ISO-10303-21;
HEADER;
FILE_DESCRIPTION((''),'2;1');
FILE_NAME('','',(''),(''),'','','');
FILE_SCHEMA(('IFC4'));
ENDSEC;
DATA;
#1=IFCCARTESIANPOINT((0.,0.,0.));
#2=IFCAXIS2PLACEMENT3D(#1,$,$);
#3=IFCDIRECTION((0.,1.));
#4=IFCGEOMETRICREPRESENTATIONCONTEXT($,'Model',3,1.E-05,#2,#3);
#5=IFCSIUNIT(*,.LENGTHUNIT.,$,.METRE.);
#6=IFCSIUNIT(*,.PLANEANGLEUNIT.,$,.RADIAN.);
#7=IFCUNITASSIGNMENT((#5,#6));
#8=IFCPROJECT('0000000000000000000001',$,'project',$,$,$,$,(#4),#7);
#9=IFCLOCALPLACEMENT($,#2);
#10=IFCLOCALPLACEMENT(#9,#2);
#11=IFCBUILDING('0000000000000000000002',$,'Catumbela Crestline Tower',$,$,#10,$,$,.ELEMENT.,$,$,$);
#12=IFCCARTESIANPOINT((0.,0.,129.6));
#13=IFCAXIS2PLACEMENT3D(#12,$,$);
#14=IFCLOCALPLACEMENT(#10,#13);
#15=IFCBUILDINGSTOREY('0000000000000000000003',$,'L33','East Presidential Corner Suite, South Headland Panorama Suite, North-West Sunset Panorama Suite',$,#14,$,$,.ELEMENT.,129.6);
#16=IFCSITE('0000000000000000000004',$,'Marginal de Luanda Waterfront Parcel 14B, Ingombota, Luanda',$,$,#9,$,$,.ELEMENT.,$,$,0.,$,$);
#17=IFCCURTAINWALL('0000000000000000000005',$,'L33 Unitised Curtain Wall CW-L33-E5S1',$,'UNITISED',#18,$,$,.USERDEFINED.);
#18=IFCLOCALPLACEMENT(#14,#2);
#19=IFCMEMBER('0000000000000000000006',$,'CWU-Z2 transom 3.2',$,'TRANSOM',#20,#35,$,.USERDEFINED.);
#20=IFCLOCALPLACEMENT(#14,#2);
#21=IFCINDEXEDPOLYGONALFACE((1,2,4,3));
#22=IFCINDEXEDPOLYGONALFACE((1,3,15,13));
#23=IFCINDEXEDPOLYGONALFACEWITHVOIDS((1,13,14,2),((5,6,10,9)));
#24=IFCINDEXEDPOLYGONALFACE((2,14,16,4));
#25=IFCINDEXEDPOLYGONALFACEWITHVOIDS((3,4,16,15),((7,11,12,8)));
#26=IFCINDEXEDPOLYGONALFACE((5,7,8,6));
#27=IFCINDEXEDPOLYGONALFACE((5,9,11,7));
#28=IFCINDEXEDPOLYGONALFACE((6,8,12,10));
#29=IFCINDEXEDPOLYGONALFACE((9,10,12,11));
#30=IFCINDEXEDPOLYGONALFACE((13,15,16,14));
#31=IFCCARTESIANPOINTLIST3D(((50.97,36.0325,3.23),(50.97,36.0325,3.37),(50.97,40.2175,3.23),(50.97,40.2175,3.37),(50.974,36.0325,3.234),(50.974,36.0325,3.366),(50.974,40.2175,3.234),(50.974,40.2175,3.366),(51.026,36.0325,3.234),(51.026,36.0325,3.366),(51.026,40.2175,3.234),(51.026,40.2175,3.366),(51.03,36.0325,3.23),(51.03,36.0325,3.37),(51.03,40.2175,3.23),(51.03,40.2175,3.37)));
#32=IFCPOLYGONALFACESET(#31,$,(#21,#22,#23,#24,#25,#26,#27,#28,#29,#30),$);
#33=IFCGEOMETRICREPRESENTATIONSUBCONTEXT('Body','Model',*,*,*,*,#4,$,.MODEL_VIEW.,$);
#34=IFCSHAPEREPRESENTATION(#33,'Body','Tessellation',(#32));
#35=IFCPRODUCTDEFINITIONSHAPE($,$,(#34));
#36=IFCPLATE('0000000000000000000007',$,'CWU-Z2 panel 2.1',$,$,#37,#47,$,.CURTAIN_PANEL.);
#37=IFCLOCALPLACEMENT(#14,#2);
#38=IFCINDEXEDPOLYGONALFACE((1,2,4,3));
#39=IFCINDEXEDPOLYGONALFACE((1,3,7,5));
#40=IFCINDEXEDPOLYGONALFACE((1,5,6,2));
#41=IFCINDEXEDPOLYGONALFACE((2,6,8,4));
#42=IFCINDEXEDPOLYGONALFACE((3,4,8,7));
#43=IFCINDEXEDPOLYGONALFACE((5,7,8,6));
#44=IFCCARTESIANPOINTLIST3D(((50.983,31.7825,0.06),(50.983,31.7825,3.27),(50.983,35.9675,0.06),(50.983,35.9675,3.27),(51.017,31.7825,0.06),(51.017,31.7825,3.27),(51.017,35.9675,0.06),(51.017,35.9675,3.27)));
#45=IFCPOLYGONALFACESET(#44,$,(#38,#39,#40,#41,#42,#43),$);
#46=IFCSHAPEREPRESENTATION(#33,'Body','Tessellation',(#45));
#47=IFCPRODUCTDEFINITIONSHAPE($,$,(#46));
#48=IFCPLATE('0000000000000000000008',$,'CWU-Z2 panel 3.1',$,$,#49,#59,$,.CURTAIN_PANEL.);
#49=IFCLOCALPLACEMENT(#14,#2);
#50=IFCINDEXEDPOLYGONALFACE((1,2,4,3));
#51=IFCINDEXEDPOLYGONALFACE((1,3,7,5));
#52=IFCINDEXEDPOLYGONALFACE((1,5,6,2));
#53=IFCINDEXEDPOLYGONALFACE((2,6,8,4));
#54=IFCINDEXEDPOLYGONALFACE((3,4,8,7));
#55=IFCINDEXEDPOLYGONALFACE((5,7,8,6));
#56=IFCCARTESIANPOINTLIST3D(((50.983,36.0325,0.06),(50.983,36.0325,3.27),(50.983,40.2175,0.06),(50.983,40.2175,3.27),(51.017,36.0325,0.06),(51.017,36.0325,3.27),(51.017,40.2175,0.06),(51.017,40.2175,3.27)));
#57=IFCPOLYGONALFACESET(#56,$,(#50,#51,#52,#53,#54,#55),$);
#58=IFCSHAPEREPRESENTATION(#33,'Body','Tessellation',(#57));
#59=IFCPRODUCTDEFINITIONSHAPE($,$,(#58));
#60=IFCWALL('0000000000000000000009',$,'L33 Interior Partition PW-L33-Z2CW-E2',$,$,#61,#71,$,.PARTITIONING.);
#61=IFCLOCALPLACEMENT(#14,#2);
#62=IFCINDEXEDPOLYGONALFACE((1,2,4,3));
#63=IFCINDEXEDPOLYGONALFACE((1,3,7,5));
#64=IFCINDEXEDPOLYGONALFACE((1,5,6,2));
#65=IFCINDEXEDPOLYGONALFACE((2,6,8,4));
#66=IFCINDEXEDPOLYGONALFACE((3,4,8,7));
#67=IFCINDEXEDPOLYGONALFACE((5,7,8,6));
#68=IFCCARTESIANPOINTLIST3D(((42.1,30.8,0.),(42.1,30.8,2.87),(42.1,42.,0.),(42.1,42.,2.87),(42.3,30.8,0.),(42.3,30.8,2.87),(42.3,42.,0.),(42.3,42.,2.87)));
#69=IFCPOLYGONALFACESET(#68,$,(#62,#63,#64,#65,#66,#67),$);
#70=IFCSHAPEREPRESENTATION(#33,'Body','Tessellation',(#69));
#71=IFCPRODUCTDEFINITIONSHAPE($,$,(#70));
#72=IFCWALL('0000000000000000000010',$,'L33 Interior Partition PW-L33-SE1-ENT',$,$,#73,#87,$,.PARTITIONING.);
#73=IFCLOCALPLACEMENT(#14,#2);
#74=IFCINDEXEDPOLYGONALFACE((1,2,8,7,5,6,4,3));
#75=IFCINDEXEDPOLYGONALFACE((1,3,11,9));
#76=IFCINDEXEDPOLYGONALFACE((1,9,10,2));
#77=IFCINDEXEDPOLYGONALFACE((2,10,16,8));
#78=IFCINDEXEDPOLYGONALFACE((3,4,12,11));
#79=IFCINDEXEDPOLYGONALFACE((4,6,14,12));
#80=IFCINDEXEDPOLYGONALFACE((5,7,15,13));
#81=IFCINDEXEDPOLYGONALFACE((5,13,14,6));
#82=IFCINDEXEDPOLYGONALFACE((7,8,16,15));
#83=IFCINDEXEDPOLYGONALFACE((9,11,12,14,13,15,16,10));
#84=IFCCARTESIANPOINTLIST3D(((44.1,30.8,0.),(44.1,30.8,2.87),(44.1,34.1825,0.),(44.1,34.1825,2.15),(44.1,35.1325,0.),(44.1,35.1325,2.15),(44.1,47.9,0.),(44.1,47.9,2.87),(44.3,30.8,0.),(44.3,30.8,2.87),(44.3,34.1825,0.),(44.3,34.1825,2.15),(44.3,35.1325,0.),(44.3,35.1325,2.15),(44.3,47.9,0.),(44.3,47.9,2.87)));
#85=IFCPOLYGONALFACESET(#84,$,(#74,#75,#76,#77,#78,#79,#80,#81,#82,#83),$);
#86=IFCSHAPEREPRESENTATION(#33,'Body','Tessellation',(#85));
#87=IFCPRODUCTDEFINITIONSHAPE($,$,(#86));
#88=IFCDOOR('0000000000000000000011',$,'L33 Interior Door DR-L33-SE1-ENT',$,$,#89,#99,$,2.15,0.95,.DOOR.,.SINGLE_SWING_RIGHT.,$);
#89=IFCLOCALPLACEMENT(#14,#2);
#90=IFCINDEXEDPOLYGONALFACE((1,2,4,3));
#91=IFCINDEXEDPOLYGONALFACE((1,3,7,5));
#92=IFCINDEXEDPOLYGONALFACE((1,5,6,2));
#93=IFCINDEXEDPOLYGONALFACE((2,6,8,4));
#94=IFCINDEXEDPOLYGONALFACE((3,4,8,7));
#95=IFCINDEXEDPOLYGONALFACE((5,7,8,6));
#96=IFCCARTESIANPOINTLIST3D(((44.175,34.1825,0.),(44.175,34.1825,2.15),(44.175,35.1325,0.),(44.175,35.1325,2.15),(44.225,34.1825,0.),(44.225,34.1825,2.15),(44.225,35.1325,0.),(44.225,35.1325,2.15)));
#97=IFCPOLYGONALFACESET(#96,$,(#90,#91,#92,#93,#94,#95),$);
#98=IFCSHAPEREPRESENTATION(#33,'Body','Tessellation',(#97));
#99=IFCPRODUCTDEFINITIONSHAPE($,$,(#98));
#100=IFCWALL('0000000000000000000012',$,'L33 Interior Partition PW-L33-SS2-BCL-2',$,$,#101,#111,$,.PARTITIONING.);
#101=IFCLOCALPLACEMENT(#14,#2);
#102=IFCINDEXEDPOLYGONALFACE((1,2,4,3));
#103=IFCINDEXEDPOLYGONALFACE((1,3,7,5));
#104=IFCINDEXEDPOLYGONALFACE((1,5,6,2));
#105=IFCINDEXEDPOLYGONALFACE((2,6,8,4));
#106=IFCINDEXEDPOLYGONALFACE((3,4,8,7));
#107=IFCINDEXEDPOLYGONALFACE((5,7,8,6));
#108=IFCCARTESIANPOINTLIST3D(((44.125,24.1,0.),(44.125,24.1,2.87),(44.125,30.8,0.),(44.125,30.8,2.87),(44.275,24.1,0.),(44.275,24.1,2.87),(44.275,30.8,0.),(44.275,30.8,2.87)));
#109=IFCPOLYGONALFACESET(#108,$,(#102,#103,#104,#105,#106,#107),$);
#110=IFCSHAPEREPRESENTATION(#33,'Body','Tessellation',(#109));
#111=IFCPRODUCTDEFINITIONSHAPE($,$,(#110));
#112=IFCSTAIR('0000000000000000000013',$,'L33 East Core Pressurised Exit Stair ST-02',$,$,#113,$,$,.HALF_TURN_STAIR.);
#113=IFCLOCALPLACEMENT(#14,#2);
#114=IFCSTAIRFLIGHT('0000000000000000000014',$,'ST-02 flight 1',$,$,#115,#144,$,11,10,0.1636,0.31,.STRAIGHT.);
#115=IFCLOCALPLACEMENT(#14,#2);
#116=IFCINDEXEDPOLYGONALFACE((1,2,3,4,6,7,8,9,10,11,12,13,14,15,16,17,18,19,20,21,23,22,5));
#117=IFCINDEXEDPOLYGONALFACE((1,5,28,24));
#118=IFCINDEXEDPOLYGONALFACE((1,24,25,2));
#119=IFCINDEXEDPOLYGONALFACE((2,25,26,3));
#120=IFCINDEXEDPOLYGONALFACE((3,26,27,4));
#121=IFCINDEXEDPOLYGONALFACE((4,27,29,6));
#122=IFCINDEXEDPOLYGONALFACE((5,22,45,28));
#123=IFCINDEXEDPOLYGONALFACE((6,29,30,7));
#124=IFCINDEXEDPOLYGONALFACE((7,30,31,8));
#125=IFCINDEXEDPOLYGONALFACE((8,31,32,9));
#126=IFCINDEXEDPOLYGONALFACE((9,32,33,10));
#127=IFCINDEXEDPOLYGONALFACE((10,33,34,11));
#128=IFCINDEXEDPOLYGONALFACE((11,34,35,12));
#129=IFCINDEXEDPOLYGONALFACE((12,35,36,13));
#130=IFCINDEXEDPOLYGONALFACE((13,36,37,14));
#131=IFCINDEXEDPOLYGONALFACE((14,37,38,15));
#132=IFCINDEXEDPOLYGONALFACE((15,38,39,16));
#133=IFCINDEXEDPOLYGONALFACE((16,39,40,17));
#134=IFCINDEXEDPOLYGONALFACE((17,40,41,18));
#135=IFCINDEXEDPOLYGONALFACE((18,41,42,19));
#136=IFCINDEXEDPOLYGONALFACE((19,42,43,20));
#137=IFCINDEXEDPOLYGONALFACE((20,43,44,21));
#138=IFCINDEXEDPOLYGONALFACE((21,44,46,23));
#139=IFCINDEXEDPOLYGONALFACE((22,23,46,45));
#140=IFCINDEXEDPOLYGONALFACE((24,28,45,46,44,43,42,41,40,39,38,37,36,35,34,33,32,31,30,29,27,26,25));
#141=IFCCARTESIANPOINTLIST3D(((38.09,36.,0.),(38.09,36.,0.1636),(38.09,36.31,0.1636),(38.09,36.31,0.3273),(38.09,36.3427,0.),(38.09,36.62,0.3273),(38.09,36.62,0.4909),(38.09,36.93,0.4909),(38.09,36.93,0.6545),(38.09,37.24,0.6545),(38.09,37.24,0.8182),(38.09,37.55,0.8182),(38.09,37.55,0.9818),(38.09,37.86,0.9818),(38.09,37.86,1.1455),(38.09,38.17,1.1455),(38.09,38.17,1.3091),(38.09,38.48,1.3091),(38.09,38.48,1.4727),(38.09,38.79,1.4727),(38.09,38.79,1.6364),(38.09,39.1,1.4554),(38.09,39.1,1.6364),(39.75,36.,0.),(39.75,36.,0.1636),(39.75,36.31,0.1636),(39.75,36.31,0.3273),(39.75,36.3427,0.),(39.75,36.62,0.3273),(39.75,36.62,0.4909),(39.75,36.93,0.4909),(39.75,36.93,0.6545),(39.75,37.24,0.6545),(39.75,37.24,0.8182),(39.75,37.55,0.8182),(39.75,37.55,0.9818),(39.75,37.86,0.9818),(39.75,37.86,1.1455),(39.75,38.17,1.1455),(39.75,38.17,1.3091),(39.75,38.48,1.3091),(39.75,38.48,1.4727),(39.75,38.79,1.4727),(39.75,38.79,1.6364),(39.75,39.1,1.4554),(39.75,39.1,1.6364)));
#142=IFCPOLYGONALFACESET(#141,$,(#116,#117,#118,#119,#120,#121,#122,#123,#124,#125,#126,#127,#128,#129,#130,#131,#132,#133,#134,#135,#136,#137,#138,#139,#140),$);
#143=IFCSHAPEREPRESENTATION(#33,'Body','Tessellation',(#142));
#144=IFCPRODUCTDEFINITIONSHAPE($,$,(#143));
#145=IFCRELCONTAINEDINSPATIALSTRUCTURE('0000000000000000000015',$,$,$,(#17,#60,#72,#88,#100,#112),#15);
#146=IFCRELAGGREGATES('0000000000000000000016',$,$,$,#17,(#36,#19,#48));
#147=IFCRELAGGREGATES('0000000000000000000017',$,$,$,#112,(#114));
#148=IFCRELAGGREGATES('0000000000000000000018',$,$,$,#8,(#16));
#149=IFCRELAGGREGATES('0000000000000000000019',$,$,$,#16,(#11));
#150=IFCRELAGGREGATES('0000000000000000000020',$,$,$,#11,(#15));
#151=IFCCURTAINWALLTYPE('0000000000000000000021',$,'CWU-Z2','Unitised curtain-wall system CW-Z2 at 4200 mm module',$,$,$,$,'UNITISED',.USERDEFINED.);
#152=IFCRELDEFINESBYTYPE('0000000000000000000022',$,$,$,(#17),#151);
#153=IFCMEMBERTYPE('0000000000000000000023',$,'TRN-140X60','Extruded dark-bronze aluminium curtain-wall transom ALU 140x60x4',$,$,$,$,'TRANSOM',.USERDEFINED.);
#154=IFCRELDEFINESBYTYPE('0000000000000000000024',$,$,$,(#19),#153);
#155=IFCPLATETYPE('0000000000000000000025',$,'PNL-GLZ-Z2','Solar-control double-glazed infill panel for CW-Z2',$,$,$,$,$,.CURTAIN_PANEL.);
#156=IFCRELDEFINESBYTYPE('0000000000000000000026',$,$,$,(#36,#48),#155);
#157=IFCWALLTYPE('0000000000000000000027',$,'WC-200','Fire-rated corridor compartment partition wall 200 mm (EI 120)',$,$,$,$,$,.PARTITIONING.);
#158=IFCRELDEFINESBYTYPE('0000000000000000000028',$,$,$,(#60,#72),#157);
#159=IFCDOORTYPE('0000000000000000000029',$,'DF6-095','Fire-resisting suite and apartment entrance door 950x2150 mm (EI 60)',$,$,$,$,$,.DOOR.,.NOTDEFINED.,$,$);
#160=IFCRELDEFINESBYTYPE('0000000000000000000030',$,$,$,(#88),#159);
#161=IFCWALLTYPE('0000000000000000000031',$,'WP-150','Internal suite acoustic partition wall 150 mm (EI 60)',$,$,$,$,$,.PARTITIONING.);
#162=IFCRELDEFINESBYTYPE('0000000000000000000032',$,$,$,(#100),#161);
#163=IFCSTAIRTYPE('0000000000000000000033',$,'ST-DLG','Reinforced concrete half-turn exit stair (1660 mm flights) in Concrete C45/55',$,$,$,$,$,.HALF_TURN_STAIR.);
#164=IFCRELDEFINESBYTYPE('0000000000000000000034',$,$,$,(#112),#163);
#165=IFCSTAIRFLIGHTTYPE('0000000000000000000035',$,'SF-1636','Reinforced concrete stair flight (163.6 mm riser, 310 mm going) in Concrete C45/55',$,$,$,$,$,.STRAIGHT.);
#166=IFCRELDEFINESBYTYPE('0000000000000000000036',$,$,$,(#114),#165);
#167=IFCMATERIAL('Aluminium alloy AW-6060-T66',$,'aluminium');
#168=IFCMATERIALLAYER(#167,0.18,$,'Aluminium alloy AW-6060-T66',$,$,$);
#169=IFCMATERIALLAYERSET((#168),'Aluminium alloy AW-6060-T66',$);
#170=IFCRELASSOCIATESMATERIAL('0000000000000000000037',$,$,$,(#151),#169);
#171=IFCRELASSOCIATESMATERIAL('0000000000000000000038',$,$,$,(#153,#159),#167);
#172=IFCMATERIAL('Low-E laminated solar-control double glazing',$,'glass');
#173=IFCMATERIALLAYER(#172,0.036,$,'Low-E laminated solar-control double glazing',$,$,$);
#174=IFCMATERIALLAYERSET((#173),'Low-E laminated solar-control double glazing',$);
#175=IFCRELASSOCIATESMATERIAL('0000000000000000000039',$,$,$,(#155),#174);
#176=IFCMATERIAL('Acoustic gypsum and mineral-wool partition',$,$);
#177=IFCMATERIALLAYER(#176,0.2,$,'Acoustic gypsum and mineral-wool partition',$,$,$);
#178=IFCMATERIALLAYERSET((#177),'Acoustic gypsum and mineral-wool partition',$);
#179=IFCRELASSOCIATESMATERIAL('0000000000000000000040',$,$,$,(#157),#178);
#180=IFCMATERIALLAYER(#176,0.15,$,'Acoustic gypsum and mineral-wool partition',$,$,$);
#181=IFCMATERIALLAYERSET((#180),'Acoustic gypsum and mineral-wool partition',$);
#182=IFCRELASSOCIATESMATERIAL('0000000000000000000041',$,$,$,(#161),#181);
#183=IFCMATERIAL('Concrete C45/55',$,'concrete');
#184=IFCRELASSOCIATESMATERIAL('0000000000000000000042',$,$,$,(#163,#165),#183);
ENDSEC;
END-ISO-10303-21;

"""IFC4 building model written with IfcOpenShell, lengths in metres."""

from ifc_helpers import new_model, si_unit, direction, frame, frame_2d, origin, origin_2d, place, context, subcontext, project, spatial, polyline, rectangle, hollow_rectangle, outline, extrude, material, layer, layer_set, material_profile, profile_set, type_object, element, fill, aggregate, save


model = new_model("IFC4")

# Units and contexts
model_context = context("Model", 3, precision=1e-05, world=origin(), true_north=direction((0.0, 1.0)))
body_context = subcontext(model_context, "Body", "Model", "MODEL_VIEW")
ifc_project = project(units=[si_unit("LENGTHUNIT", "METRE"), si_unit("PLANEANGLEUNIT", "RADIAN")], contexts=[model_context])

# Site, building, storey
site_placement = place(None, origin())
site = spatial("IfcSite", under=ifc_project, at=site_placement, Name="Marginal de Luanda Waterfront Parcel 14B, Ingombota, Luanda", CompositionType="ELEMENT", RefElevation=0.0)
building_placement = place(site_placement, origin())
building = spatial("IfcBuilding", under=site, at=building_placement, Name="Catumbela Crestline Tower", CompositionType="ELEMENT")
storey_placement = place(building_placement, frame((0.0, 0.0, 129.6)))
storey = spatial("IfcBuildingStorey", under=building, at=storey_placement, Name="L33", Description="East Presidential Corner Suite, South Headland Panorama Suite, North-West Sunset Panorama Suite", CompositionType="ELEMENT", Elevation=129.6)

# Curtain wall
ifc_material_1 = material(Name="Aluminium alloy AW-6060-T66", Category="aluminium")
ifc_layer_1 = layer(ifc_material_1, 0.18, Name="Aluminium alloy AW-6060-T66")
ifc_layer_set_1 = layer_set([ifc_layer_1], Name="Aluminium alloy AW-6060-T66")
curtain_wall_type = type_object("IfcCurtainWallType", Name="CWU-Z2", Description="Unitised curtain-wall system CW-Z2 at 4200 mm module", ElementType="UNITISED", PredefinedType="USERDEFINED", material=ifc_layer_set_1)
curtain_wall_placement = place(storey_placement, origin())
curtain_wall = element("IfcCurtainWall", 1, at=curtain_wall_placement, inside=storey, type_object=curtain_wall_type, Name="L33 Unitised Curtain Wall CW-L33-E5S1", ObjectType="UNITISED", PredefinedType="USERDEFINED")

# Member
ifc_material_profile_1 = material_profile(ifc_material_1, hollow_rectangle(XDim=0.06, YDim=0.14, WallThickness=0.004, at=origin_2d()), Name="ALU 140x60x4")
ifc_profile_set_1 = profile_set([ifc_material_profile_1], Name="Aluminium alloy AW-6060-T66")
member_type_1 = type_object("IfcMemberType", Name="TRN-140X60", Description="Extruded dark-bronze aluminium curtain-wall transom ALU 140x60x4", ElementType="TRANSOM", PredefinedType="USERDEFINED", material=ifc_profile_set_1)
member_1_placement = place(storey_placement, frame((51.0, 36.0325, 3.3), z_axis=(0.0, 1.0, 0.0), x_axis=(-1.0, 0.0, 0.0)))
member_1 = element("IfcMember", 2, at=member_1_placement, type_object=member_type_1, Name="CWU-Z2 transom 3.2", ObjectType="TRANSOM", PredefinedType="USERDEFINED", context=body_context, shape_type="SweptSolid", body=[
    extrude(hollow_rectangle(XDim=0.06, YDim=0.14, WallThickness=0.004, at=origin_2d()), origin(), (0.0, 0.0, 1.0), 4.185),
])

# Plates
ifc_material_2 = material(Name="Low-E laminated solar-control double glazing", Category="glass")
ifc_layer_2 = layer(ifc_material_2, 0.036, Name="Low-E laminated solar-control double glazing")
ifc_layer_set_2 = layer_set([ifc_layer_2], Name="Low-E laminated solar-control double glazing")
plate_type = type_object("IfcPlateType", Name="PNL-GLZ-Z2", Description="Solar-control double-glazed infill panel for CW-Z2", PredefinedType="CURTAIN_PANEL", material=ifc_layer_set_2)
plate_1_placement = place(storey_placement, frame((51.0, 33.875, 0.06), z_axis=(0.0, 0.0, 1.0), x_axis=(0.0, 1.0, 0.0)))
plate_1 = element("IfcPlate", 3, at=plate_1_placement, type_object=plate_type, Name="CWU-Z2 panel 2.1", PredefinedType="CURTAIN_PANEL", context=body_context, shape_type="SweptSolid", body=[
    extrude(rectangle(XDim=4.185, YDim=0.034, at=origin_2d()), origin(), (0.0, 0.0, 1.0), 3.21),
])
plate_2_placement = place(storey_placement, frame((51.0, 38.125, 0.06), z_axis=(0.0, 0.0, 1.0), x_axis=(0.0, 1.0, 0.0)))
plate_2 = element("IfcPlate", 4, at=plate_2_placement, type_object=plate_type, Name="CWU-Z2 panel 3.1", PredefinedType="CURTAIN_PANEL", context=body_context, shape_type="SweptSolid", body=[
    extrude(rectangle(XDim=4.185, YDim=0.034, at=origin_2d()), origin(), (0.0, 0.0, 1.0), 3.21),
])
aggregate(curtain_wall, [plate_1, member_1, plate_2])

# Wall
ifc_material_3 = material(Name="Acoustic gypsum and mineral-wool partition")
ifc_layer_3 = layer(ifc_material_3, 0.2, Name="Acoustic gypsum and mineral-wool partition")
ifc_layer_set_3 = layer_set([ifc_layer_3], Name="Acoustic gypsum and mineral-wool partition")
wall_type_1 = type_object("IfcWallType", Name="WC-200", Description="Fire-rated corridor compartment partition wall 200 mm (EI 120)", PredefinedType="PARTITIONING", material=ifc_layer_set_3)
wall_1_placement = place(storey_placement, frame((42.2, 30.8, 0.0), z_axis=(0.0, 0.0, 1.0), x_axis=(0.0, 1.0, 0.0)))
element("IfcWall", 5, at=wall_1_placement, inside=storey, type_object=wall_type_1, Name="L33 Interior Partition PW-L33-Z2CW-E2", PredefinedType="PARTITIONING", context=body_context, shape_type="SweptSolid", body=[
    extrude(rectangle(XDim=11.2, YDim=0.2, at=frame_2d((5.6, 0.0))), origin(), (0.0, 0.0, 1.0), 2.87),
])

# Wall, opening, door
wall_2_placement = place(storey_placement, frame((44.2, 30.8, 0.0), z_axis=(0.0, 0.0, 1.0), x_axis=(0.0, 1.0, 0.0)))
wall_2 = element("IfcWall", 6, at=wall_2_placement, inside=storey, type_object=wall_type_1, Name="L33 Interior Partition PW-L33-SE1-ENT", PredefinedType="PARTITIONING", context=body_context, shape_type="SweptSolid", body=[
    extrude(rectangle(XDim=17.1, YDim=0.2, at=frame_2d((8.55, 0.0))), origin(), (0.0, 0.0, 1.0), 2.87),
])
opening_placement = place(wall_2_placement, frame((3.3825, 0.0, 0.0)))
opening = element("IfcOpeningElement", 7, at=opening_placement, cuts=wall_2, PredefinedType="OPENING", context=body_context, shape_type="SweptSolid", body=[
    extrude(rectangle(XDim=0.95, YDim=2.15, at=frame_2d((0.475, 1.075))), frame((0.0, 0.11, 0.0), z_axis=(0.0, -1.0, 0.0), x_axis=(1.0, 0.0, 0.0)), (0.0, 0.0, 1.0), 0.22),
])
door_type = type_object("IfcDoorType", Name="DF6-095", Description="Fire-resisting suite and apartment entrance door 950x2150 mm (EI 60)", OperationType="NOTDEFINED", PredefinedType="DOOR", material=ifc_material_1)
door_placement = place(opening_placement, origin())
door = element("IfcDoor", 8, at=door_placement, inside=storey, type_object=door_type, Name="L33 Interior Door DR-L33-SE1-ENT", OperationType="SINGLE_SWING_RIGHT", OverallHeight=2.15, OverallWidth=0.95, PredefinedType="DOOR", context=body_context, shape_type="SweptSolid", body=[
    extrude(rectangle(XDim=0.95, YDim=2.15, at=frame_2d((0.475, 1.075))), frame((0.0, 0.025, 0.0), z_axis=(0.0, -1.0, 0.0), x_axis=(1.0, 0.0, 0.0)), (0.0, 0.0, 1.0), 0.05),
])
fill(opening, door)

# Wall
ifc_layer_4 = layer(ifc_material_3, 0.15, Name="Acoustic gypsum and mineral-wool partition")
ifc_layer_set_4 = layer_set([ifc_layer_4], Name="Acoustic gypsum and mineral-wool partition")
wall_type_2 = type_object("IfcWallType", Name="WP-150", Description="Internal suite acoustic partition wall 150 mm (EI 60)", PredefinedType="PARTITIONING", material=ifc_layer_set_4)
wall_3_placement = place(storey_placement, frame((44.2, 30.8, 0.0), z_axis=(0.0, 0.0, 1.0), x_axis=(0.0, -1.0, 0.0)))
element("IfcWall", 9, at=wall_3_placement, inside=storey, type_object=wall_type_2, Name="L33 Interior Partition PW-L33-SS2-BCL-2", PredefinedType="PARTITIONING", context=body_context, shape_type="SweptSolid", body=[
    extrude(rectangle(XDim=6.7, YDim=0.15, at=frame_2d((3.35, 0.0))), origin(), (0.0, 0.0, 1.0), 2.87),
])

# Stair, stair flight
ifc_material_4 = material(Name="Concrete C45/55", Category="concrete")
stair_type = type_object("IfcStairType", Name="ST-DLG", Description="Reinforced concrete half-turn exit stair (1660 mm flights) in Concrete C45/55", PredefinedType="HALF_TURN_STAIR", material=ifc_material_4)
stair_placement = place(storey_placement, origin())
stair = element("IfcStair", 10, at=stair_placement, inside=storey, type_object=stair_type, Name="L33 East Core Pressurised Exit Stair ST-02", PredefinedType="HALF_TURN_STAIR")
stair_flight_type = type_object("IfcStairFlightType", Name="SF-1636", Description="Reinforced concrete stair flight (163.6 mm riser, 310 mm going) in Concrete C45/55", PredefinedType="STRAIGHT", material=ifc_material_4)
stair_flight_placement = place(storey_placement, frame((38.92, 36.0, 0.0), z_axis=(0.0, 0.0, 1.0), x_axis=(0.0, 1.0, 0.0)))
stair_flight = element("IfcStairFlight", 11, at=stair_flight_placement, type_object=stair_flight_type, Name="ST-02 flight 1", NumberOfRisers=11, NumberOfTreads=10, PredefinedType="STRAIGHT", RiserHeight=0.1636, TreadLength=0.31, context=body_context, shape_type="SweptSolid", body=[
    extrude(outline(polyline([(0.0, 0.0), (0.0, 0.1636), (0.31, 0.1636), (0.31, 0.3273), (0.62, 0.3273), (0.62, 0.4909), (0.93, 0.4909), (0.93, 0.6545), (1.24, 0.6545), (1.24, 0.8182), (1.55, 0.8182), (1.55, 0.9818), (1.86, 0.9818), (1.86, 1.1455), (2.17, 1.1455), (2.17, 1.3091), (2.48, 1.3091), (2.48, 1.4727), (2.79, 1.4727), (2.79, 1.6364), (3.1, 1.6364), (3.1, 1.8), (3.1, 1.4554), (0.3427, 0.0), (0.0, 0.0)])), frame((0.0, 0.83, 0.0), z_axis=(0.0, -1.0, 0.0), x_axis=(1.0, 0.0, 0.0)), (0.0, 0.0, 1.0), 1.66),
])
aggregate(stair, [stair_flight])

save(model, "model.ifc")
